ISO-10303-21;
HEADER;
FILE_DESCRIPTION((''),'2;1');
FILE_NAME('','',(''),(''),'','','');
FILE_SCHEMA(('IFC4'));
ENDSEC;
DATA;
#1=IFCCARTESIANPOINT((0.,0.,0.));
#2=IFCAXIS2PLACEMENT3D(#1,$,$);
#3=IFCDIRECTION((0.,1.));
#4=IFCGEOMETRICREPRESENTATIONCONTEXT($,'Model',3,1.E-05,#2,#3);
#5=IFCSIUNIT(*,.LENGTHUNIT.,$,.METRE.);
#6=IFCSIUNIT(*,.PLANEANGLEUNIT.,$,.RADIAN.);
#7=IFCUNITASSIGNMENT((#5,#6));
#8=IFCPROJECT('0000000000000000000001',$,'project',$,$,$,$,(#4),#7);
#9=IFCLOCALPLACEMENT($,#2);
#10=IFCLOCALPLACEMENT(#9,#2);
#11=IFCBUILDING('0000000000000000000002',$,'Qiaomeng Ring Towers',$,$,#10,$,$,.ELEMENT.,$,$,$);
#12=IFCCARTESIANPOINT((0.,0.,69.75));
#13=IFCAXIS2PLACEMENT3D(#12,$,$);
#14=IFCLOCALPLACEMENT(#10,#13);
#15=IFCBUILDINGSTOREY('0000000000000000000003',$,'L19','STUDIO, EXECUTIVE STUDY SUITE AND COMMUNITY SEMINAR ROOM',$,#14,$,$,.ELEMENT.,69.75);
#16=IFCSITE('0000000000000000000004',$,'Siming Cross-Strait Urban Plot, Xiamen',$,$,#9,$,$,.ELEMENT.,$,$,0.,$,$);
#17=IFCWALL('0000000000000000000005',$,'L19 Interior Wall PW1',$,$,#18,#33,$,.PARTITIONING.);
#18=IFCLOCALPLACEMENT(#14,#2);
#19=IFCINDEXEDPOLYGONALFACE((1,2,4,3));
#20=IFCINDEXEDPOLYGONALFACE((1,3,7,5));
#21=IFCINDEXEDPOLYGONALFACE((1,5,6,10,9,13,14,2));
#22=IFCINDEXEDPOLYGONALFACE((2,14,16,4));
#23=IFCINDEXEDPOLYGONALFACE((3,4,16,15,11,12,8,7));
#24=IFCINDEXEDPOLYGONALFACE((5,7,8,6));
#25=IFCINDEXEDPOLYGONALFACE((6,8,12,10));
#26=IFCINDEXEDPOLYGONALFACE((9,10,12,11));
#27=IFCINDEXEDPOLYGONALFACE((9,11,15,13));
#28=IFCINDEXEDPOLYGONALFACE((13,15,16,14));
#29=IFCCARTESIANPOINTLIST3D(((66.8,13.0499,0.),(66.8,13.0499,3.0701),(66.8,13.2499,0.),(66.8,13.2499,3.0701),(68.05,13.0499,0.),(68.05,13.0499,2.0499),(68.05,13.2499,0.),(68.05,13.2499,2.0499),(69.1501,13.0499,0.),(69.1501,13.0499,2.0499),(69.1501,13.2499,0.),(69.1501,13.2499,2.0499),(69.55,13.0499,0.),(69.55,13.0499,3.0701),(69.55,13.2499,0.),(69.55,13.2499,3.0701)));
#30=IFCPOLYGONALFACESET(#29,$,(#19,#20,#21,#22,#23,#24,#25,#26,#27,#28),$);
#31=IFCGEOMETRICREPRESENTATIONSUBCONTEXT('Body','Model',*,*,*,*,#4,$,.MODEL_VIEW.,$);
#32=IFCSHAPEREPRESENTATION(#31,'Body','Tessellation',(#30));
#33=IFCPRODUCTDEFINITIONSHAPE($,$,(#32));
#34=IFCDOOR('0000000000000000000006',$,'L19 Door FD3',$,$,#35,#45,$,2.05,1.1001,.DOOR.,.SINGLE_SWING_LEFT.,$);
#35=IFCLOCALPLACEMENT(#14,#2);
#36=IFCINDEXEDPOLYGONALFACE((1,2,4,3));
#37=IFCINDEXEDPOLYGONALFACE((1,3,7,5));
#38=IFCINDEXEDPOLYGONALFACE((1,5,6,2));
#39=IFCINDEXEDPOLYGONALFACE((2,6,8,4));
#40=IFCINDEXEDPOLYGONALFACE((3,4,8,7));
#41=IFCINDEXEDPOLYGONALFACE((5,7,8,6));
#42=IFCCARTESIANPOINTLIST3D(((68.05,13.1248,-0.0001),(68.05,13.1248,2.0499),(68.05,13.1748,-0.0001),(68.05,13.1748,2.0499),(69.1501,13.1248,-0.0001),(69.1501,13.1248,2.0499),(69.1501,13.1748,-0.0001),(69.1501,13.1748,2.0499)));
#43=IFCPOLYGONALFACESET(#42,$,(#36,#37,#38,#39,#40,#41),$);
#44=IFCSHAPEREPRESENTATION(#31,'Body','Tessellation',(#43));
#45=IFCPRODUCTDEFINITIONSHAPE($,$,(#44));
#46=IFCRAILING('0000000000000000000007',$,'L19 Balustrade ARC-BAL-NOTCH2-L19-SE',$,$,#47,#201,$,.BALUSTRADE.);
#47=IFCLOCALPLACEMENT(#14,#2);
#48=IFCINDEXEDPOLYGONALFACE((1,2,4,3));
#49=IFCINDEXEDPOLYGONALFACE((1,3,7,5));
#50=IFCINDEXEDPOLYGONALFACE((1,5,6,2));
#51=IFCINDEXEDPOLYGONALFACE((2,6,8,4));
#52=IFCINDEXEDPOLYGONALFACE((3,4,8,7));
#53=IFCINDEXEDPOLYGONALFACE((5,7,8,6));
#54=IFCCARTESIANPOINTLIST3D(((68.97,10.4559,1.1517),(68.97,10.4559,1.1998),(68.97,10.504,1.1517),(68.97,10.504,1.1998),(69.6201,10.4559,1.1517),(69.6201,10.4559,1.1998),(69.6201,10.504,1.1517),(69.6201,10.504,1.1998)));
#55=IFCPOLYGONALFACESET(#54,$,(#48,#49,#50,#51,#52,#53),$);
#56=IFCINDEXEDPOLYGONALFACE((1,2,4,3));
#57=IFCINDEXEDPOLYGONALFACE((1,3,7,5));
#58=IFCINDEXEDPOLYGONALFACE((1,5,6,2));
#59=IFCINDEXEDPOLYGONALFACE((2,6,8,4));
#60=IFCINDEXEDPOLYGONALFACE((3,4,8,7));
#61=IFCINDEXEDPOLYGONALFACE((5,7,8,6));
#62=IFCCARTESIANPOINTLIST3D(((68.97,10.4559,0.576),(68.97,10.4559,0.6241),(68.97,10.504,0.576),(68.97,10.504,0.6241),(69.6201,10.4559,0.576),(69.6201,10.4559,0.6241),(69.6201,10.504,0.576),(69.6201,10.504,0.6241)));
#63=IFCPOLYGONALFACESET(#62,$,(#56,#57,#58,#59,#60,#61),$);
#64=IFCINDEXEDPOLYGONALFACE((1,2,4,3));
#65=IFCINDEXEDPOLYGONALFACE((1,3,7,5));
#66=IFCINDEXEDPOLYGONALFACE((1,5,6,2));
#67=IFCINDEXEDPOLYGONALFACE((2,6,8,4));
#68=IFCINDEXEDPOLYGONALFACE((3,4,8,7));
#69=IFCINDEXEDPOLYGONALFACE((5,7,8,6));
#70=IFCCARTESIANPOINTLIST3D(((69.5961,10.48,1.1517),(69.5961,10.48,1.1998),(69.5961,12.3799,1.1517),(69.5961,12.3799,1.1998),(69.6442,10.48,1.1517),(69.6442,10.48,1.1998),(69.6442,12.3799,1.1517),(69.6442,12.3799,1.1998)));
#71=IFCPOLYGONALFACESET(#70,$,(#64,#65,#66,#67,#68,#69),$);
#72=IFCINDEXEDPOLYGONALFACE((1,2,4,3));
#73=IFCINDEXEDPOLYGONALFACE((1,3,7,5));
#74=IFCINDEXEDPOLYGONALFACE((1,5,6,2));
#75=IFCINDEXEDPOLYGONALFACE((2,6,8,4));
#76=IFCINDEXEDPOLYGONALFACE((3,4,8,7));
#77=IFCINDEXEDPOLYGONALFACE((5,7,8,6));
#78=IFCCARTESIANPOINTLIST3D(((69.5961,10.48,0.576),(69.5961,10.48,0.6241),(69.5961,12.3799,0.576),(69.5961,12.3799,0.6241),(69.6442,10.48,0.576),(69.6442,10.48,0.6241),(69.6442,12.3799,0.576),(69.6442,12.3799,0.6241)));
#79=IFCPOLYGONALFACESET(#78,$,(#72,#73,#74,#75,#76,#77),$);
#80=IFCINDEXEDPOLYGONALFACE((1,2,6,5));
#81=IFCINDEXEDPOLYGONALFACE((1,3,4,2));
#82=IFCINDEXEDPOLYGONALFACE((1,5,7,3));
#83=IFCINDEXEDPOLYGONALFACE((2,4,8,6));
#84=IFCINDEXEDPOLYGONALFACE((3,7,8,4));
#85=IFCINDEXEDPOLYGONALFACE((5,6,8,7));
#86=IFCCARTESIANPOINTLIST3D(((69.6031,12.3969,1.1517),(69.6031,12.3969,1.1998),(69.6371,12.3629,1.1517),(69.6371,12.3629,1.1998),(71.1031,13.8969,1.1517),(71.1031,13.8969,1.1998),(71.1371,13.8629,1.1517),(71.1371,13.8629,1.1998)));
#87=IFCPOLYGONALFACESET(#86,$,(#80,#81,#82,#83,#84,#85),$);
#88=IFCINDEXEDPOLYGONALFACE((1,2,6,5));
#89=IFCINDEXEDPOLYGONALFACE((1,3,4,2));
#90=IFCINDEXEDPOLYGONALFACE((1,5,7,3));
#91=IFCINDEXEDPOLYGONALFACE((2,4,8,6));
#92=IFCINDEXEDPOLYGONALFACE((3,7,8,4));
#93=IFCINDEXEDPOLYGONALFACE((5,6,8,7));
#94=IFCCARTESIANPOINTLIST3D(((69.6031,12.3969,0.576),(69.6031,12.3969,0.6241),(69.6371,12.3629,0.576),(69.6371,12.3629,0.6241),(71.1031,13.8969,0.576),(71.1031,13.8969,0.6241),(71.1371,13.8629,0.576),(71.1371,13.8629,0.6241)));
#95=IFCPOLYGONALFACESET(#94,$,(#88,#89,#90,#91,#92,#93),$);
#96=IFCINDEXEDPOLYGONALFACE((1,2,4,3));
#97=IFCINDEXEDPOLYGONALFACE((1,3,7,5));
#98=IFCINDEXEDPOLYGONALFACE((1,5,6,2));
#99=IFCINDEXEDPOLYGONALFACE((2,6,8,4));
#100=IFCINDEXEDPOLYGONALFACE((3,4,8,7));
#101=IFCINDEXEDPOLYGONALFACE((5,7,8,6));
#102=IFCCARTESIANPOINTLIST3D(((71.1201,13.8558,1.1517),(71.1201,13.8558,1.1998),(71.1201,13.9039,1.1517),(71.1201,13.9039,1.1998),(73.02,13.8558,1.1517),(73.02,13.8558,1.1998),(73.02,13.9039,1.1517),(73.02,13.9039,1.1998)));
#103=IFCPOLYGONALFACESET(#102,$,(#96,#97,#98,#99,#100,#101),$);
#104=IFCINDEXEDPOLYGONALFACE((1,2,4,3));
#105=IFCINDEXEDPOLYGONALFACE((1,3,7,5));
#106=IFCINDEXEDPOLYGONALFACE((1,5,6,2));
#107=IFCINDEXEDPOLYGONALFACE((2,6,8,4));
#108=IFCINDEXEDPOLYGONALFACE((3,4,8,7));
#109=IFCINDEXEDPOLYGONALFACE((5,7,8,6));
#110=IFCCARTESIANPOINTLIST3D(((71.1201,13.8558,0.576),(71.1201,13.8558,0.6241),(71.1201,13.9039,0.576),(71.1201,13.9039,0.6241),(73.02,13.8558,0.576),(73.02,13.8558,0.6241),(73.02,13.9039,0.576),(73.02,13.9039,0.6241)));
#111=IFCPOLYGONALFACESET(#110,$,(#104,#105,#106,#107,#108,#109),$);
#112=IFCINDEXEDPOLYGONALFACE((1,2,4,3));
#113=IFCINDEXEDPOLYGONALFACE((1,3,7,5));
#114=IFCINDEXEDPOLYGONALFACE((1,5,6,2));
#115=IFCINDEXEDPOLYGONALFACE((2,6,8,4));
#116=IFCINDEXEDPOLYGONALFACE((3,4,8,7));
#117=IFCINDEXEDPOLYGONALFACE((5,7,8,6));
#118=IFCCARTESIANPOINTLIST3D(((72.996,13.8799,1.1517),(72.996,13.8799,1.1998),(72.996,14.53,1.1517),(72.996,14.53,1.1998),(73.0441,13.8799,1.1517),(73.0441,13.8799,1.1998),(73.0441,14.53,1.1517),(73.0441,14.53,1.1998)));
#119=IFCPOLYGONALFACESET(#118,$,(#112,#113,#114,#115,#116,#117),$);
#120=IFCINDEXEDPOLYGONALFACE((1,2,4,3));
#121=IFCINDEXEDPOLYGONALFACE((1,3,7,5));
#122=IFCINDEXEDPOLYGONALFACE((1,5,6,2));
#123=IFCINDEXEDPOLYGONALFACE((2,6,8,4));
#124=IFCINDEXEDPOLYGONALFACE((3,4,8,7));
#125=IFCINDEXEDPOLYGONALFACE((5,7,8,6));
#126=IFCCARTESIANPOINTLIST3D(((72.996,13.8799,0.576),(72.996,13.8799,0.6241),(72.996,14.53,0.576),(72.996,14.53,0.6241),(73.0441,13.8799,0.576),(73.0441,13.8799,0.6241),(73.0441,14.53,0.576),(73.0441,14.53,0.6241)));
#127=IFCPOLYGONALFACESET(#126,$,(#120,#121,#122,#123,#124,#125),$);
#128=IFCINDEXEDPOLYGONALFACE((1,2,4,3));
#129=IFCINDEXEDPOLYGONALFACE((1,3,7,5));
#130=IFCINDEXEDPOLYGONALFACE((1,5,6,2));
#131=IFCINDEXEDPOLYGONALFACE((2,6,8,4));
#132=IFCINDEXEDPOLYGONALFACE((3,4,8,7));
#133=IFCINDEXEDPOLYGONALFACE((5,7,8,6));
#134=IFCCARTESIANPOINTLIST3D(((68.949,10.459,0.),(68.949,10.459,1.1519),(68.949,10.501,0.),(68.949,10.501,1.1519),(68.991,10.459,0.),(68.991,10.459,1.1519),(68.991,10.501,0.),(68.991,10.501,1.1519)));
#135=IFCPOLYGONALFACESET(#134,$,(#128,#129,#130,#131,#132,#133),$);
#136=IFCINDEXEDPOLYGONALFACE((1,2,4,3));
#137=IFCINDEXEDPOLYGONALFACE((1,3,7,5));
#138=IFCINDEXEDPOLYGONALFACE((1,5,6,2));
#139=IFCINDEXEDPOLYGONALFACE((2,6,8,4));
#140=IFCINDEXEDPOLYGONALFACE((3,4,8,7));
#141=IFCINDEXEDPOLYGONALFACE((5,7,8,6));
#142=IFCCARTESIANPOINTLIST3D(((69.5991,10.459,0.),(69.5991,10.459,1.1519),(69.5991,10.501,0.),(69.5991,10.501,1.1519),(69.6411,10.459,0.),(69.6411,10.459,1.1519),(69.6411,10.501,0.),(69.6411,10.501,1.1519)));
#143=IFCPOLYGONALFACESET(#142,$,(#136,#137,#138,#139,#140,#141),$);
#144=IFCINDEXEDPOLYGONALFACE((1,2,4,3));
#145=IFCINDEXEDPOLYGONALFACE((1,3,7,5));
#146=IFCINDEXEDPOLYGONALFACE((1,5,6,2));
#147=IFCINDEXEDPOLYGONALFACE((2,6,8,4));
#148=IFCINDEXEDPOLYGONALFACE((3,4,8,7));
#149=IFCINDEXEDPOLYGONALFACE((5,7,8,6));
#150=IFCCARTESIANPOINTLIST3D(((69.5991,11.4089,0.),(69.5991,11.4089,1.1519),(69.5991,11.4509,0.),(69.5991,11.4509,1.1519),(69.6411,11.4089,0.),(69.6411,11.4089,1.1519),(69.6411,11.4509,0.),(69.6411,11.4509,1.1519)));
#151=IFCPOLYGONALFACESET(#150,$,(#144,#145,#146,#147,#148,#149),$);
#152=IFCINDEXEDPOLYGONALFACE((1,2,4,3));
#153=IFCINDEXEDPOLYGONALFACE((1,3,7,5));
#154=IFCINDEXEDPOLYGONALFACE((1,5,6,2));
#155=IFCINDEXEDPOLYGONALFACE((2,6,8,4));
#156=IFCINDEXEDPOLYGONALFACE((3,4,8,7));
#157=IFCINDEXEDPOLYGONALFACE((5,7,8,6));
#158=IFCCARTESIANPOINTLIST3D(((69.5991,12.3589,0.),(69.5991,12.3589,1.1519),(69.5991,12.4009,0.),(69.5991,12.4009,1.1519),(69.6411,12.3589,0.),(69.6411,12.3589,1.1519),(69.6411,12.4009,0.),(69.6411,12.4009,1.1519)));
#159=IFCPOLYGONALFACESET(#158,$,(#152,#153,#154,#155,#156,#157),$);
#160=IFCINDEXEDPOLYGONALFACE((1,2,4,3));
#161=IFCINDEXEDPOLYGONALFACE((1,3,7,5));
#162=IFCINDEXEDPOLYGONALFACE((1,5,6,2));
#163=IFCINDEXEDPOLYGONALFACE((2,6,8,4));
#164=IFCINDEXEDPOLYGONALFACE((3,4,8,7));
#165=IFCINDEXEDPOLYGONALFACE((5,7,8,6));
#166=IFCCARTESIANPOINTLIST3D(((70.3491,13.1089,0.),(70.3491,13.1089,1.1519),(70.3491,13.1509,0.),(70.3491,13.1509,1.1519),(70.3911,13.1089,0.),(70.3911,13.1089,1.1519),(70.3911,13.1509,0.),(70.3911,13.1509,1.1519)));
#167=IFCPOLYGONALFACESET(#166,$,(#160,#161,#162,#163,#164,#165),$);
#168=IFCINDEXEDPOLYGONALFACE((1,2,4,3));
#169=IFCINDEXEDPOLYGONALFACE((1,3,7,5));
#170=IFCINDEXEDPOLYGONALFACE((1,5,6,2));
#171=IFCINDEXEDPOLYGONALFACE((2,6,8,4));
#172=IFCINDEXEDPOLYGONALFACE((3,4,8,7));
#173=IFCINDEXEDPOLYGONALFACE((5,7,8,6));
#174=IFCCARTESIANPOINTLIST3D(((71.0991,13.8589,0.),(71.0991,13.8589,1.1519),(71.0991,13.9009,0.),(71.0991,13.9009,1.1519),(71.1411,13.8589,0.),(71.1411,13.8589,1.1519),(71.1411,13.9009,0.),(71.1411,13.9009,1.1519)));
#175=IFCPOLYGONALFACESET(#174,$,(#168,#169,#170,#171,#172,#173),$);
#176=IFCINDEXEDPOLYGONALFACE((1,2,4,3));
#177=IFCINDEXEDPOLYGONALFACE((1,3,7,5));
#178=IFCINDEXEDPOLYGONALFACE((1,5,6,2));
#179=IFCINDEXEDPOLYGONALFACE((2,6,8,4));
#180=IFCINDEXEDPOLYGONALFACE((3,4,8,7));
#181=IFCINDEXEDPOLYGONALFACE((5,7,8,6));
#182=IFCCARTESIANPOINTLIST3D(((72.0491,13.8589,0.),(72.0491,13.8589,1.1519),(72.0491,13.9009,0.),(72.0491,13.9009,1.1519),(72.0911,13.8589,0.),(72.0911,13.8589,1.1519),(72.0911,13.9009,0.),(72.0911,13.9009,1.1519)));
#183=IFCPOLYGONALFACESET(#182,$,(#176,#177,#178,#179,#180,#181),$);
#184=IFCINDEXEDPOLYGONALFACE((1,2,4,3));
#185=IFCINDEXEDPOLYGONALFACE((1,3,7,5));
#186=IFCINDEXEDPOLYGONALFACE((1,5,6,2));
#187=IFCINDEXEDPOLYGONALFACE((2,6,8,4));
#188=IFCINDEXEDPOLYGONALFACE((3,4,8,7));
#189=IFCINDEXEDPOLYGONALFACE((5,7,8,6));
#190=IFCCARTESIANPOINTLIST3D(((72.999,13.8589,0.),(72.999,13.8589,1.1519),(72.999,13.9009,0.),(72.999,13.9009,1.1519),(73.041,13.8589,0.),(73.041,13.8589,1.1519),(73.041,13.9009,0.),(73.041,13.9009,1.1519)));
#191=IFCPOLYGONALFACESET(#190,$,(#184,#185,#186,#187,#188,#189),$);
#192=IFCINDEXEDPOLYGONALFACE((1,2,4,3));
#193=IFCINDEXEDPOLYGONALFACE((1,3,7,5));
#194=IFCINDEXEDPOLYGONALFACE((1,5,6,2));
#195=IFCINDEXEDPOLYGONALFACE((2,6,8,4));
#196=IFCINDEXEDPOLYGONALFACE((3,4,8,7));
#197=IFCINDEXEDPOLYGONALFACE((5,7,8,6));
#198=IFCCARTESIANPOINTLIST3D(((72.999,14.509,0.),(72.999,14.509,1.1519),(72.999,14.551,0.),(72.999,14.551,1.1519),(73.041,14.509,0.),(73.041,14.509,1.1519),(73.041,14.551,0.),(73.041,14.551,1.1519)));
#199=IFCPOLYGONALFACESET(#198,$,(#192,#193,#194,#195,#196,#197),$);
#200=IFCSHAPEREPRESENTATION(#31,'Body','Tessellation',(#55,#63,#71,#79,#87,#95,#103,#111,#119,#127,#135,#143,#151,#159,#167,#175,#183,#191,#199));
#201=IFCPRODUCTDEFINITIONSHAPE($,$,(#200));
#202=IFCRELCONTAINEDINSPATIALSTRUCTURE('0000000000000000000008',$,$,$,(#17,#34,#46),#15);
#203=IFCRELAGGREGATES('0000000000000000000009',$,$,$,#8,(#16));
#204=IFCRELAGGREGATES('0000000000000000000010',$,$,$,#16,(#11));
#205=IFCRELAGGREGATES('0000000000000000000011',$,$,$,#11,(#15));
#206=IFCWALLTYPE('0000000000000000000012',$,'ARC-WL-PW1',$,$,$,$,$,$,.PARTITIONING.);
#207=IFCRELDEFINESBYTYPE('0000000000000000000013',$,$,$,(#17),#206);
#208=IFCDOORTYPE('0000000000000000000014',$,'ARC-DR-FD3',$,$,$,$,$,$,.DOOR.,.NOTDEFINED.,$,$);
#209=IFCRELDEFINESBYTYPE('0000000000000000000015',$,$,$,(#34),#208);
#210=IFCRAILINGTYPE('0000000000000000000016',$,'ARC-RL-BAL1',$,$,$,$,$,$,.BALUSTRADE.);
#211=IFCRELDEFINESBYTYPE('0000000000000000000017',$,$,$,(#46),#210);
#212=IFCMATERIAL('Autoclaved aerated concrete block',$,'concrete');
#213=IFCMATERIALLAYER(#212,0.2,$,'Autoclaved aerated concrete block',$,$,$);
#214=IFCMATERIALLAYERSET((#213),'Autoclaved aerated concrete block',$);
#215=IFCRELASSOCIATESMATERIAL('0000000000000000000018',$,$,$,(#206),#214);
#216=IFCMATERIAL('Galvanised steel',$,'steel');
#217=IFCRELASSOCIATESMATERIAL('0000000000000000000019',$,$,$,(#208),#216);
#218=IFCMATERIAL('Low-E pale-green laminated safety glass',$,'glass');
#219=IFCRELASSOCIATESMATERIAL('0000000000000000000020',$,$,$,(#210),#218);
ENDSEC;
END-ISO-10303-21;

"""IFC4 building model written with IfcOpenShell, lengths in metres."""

from ifc_helpers import new_model, si_unit, direction, frame, frame_2d, origin, origin_2d, place, context, subcontext, project, spatial, rectangle, extrude, source, transform, mapped, material, layer, layer_set, type_object, element, fill, save


model = new_model("IFC4")

# Units and contexts
model_context = context("Model", 3, precision=1e-05, world=origin(), true_north=direction((0.0, 1.0)))
body_context = subcontext(model_context, "Body", "Model", "MODEL_VIEW")
ifc_project = project(units=[si_unit("LENGTHUNIT", "METRE"), si_unit("PLANEANGLEUNIT", "RADIAN")], contexts=[model_context])

# Site, building, storey
site_placement = place(None, origin())
site = spatial("IfcSite", under=ifc_project, at=site_placement, Name="Siming Cross-Strait Urban Plot, Xiamen", CompositionType="ELEMENT", RefElevation=0.0)
building_placement = place(site_placement, origin())
building = spatial("IfcBuilding", under=site, at=building_placement, Name="Qiaomeng Ring Towers", CompositionType="ELEMENT")
storey_placement = place(building_placement, frame((0.0, 0.0, 69.75)))
storey = spatial("IfcBuildingStorey", under=building, at=storey_placement, Name="L19", Description="STUDIO, EXECUTIVE STUDY SUITE AND COMMUNITY SEMINAR ROOM", CompositionType="ELEMENT", Elevation=69.75)

# Shared definitions
ifc_material_1 = material(Name="Autoclaved aerated concrete block", Category="concrete")
ifc_layer_1 = layer(ifc_material_1, 0.2, Name="Autoclaved aerated concrete block")
ifc_layer_set_1 = layer_set([ifc_layer_1], Name="Autoclaved aerated concrete block")
wall_type_1 = type_object("IfcWallType", Name="ARC-WL-PW1", PredefinedType="PARTITIONING", material=ifc_layer_set_1)

# Wall, opening, door
wall_1_placement = place(storey_placement, frame((66.8, 13.1499, 0.0), z_axis=(0.0, 0.0, 1.0), x_axis=(1.0, 0.0, 0.0)))
wall_1 = element("IfcWall", 1, at=wall_1_placement, inside=storey, type_object=wall_type_1, Name="L19 Interior Wall PW1", PredefinedType="PARTITIONING", context=body_context, shape_type="SweptSolid", body=[
    extrude(rectangle(XDim=2.75, YDim=0.2, at=frame_2d((1.375, 0.0))), origin(), (0.0, 0.0, 1.0), 3.0701),
])
opening_1_placement = place(wall_1_placement, frame((1.25, 0.0, 0.0)))
opening_1 = element("IfcOpeningElement", 2, at=opening_1_placement, cuts=wall_1, PredefinedType="OPENING", context=body_context, shape_type="SweptSolid", body=[
    extrude(rectangle(XDim=1.1001, YDim=2.05, at=frame_2d((0.55, 1.0249))), frame((0.0, 0.1099, 0.0), z_axis=(0.0, -1.0, 0.0), x_axis=(1.0, 0.0, 0.0)), (0.0, 0.0, 1.0), 0.22),
])
ifc_material_2 = material(Name="Galvanised steel", Category="steel")
door_type_1 = type_object("IfcDoorType", Name="ARC-DR-FD3", OperationType="NOTDEFINED", PredefinedType="DOOR", material=ifc_material_2)
shared_shape_1 = source(origin(), body_context, "Body", "SweptSolid", [
    extrude(rectangle(XDim=1.1001, YDim=2.05, at=frame_2d((0.55, 1.0249))), frame((0.0, 0.0249, 0.0), z_axis=(0.0, -1.0, 0.0), x_axis=(1.0, 0.0, 0.0)), (0.0, 0.0, 1.0), 0.05),
])
door_1_placement = place(opening_1_placement, origin())
door_1 = element("IfcDoor", 3, at=door_1_placement, inside=storey, type_object=door_type_1, Name="L19 Door FD3", OperationType="SINGLE_SWING_LEFT", OverallHeight=2.05, OverallWidth=1.1001, PredefinedType="DOOR", context=body_context, shape_type="MappedRepresentation", body=[
    mapped(shared_shape_1, transform((0.0, 0.0, 0.0), x_axis=(1.0, 0.0, 0.0), y_axis=(0.0, 1.0, 0.0), z_axis=(0.0, 0.0, 1.0), scale=1.0)),
])
fill(opening_1, door_1)

# Railing
ifc_material_3 = material(Name="Low-E pale-green laminated safety glass", Category="glass")
railing_type = type_object("IfcRailingType", Name="ARC-RL-BAL1", PredefinedType="BALUSTRADE", material=ifc_material_3)
railing_placement = place(storey_placement, frame((68.97, 10.48, 0.0)))
element("IfcRailing", 4, at=railing_placement, inside=storey, type_object=railing_type, Name="L19 Balustrade ARC-BAL-NOTCH2-L19-SE", PredefinedType="BALUSTRADE", context=body_context, shape_type="SweptSolid", body=[
    extrude(rectangle(XDim=0.0481, YDim=0.0481, at=origin_2d()), frame((0.0, 0.0, 1.1758), z_axis=(1.0, 0.0, 0.0), x_axis=(0.0, 1.0, 0.0)), (0.0, 0.0, 1.0), 0.6501),
    extrude(rectangle(XDim=0.0481, YDim=0.0481, at=origin_2d()), frame((0.0, 0.0, 0.6001), z_axis=(1.0, 0.0, 0.0), x_axis=(0.0, 1.0, 0.0)), (0.0, 0.0, 1.0), 0.6501),
    extrude(rectangle(XDim=0.0481, YDim=0.0481, at=origin_2d()), frame((0.6501, 0.0, 1.1758), z_axis=(0.0, 1.0, 0.0), x_axis=(-1.0, 0.0, 0.0)), (0.0, 0.0, 1.0), 1.8999),
    extrude(rectangle(XDim=0.0481, YDim=0.0481, at=origin_2d()), frame((0.6501, 0.0, 0.6001), z_axis=(0.0, 1.0, 0.0), x_axis=(-1.0, 0.0, 0.0)), (0.0, 0.0, 1.0), 1.8999),
    extrude(rectangle(XDim=0.0481, YDim=0.0481, at=origin_2d()), frame((0.6501, 1.8999, 1.1758), z_axis=(0.707107, 0.707107, 0.0), x_axis=(-0.707107, 0.707107, 0.0)), (0.0, 0.0, 1.0), 2.1213),
    extrude(rectangle(XDim=0.0481, YDim=0.0481, at=origin_2d()), frame((0.6501, 1.8999, 0.6001), z_axis=(0.707107, 0.707107, 0.0), x_axis=(-0.707107, 0.707107, 0.0)), (0.0, 0.0, 1.0), 2.1213),
    extrude(rectangle(XDim=0.0481, YDim=0.0481, at=origin_2d()), frame((2.1501, 3.3999, 1.1758), z_axis=(1.0, 0.0, 0.0), x_axis=(0.0, 1.0, 0.0)), (0.0, 0.0, 1.0), 1.8999),
    extrude(rectangle(XDim=0.0481, YDim=0.0481, at=origin_2d()), frame((2.1501, 3.3999, 0.6001), z_axis=(1.0, 0.0, 0.0), x_axis=(0.0, 1.0, 0.0)), (0.0, 0.0, 1.0), 1.8999),
    extrude(rectangle(XDim=0.0481, YDim=0.0481, at=origin_2d()), frame((4.05, 3.3999, 1.1758), z_axis=(0.0, 1.0, 0.0), x_axis=(-1.0, 0.0, 0.0)), (0.0, 0.0, 1.0), 0.6501),
    extrude(rectangle(XDim=0.0481, YDim=0.0481, at=origin_2d()), frame((4.05, 3.3999, 0.6001), z_axis=(0.0, 1.0, 0.0), x_axis=(-1.0, 0.0, 0.0)), (0.0, 0.0, 1.0), 0.6501),
    extrude(rectangle(XDim=0.042, YDim=0.042, at=origin_2d()), origin(), (0.0, 0.0, 1.0), 1.1519),
    extrude(rectangle(XDim=0.042, YDim=0.042, at=origin_2d()), frame((0.6501, 0.0, 0.0)), (0.0, 0.0, 1.0), 1.1519),
    extrude(rectangle(XDim=0.042, YDim=0.042, at=origin_2d()), frame((0.6501, 0.95, 0.0)), (0.0, 0.0, 1.0), 1.1519),
    extrude(rectangle(XDim=0.042, YDim=0.042, at=origin_2d()), frame((0.6501, 1.8999, 0.0)), (0.0, 0.0, 1.0), 1.1519),
    extrude(rectangle(XDim=0.042, YDim=0.042, at=origin_2d()), frame((1.4001, 2.6499, 0.0)), (0.0, 0.0, 1.0), 1.1519),
    extrude(rectangle(XDim=0.042, YDim=0.042, at=origin_2d()), frame((2.1501, 3.3999, 0.0)), (0.0, 0.0, 1.0), 1.1519),
    extrude(rectangle(XDim=0.042, YDim=0.042, at=origin_2d()), frame((3.1001, 3.3999, 0.0)), (0.0, 0.0, 1.0), 1.1519),
    extrude(rectangle(XDim=0.042, YDim=0.042, at=origin_2d()), frame((4.05, 3.3999, 0.0)), (0.0, 0.0, 1.0), 1.1519),
    extrude(rectangle(XDim=0.042, YDim=0.042, at=origin_2d()), frame((4.05, 4.05, 0.0)), (0.0, 0.0, 1.0), 1.1519),
])

save(model, "model.ifc")
